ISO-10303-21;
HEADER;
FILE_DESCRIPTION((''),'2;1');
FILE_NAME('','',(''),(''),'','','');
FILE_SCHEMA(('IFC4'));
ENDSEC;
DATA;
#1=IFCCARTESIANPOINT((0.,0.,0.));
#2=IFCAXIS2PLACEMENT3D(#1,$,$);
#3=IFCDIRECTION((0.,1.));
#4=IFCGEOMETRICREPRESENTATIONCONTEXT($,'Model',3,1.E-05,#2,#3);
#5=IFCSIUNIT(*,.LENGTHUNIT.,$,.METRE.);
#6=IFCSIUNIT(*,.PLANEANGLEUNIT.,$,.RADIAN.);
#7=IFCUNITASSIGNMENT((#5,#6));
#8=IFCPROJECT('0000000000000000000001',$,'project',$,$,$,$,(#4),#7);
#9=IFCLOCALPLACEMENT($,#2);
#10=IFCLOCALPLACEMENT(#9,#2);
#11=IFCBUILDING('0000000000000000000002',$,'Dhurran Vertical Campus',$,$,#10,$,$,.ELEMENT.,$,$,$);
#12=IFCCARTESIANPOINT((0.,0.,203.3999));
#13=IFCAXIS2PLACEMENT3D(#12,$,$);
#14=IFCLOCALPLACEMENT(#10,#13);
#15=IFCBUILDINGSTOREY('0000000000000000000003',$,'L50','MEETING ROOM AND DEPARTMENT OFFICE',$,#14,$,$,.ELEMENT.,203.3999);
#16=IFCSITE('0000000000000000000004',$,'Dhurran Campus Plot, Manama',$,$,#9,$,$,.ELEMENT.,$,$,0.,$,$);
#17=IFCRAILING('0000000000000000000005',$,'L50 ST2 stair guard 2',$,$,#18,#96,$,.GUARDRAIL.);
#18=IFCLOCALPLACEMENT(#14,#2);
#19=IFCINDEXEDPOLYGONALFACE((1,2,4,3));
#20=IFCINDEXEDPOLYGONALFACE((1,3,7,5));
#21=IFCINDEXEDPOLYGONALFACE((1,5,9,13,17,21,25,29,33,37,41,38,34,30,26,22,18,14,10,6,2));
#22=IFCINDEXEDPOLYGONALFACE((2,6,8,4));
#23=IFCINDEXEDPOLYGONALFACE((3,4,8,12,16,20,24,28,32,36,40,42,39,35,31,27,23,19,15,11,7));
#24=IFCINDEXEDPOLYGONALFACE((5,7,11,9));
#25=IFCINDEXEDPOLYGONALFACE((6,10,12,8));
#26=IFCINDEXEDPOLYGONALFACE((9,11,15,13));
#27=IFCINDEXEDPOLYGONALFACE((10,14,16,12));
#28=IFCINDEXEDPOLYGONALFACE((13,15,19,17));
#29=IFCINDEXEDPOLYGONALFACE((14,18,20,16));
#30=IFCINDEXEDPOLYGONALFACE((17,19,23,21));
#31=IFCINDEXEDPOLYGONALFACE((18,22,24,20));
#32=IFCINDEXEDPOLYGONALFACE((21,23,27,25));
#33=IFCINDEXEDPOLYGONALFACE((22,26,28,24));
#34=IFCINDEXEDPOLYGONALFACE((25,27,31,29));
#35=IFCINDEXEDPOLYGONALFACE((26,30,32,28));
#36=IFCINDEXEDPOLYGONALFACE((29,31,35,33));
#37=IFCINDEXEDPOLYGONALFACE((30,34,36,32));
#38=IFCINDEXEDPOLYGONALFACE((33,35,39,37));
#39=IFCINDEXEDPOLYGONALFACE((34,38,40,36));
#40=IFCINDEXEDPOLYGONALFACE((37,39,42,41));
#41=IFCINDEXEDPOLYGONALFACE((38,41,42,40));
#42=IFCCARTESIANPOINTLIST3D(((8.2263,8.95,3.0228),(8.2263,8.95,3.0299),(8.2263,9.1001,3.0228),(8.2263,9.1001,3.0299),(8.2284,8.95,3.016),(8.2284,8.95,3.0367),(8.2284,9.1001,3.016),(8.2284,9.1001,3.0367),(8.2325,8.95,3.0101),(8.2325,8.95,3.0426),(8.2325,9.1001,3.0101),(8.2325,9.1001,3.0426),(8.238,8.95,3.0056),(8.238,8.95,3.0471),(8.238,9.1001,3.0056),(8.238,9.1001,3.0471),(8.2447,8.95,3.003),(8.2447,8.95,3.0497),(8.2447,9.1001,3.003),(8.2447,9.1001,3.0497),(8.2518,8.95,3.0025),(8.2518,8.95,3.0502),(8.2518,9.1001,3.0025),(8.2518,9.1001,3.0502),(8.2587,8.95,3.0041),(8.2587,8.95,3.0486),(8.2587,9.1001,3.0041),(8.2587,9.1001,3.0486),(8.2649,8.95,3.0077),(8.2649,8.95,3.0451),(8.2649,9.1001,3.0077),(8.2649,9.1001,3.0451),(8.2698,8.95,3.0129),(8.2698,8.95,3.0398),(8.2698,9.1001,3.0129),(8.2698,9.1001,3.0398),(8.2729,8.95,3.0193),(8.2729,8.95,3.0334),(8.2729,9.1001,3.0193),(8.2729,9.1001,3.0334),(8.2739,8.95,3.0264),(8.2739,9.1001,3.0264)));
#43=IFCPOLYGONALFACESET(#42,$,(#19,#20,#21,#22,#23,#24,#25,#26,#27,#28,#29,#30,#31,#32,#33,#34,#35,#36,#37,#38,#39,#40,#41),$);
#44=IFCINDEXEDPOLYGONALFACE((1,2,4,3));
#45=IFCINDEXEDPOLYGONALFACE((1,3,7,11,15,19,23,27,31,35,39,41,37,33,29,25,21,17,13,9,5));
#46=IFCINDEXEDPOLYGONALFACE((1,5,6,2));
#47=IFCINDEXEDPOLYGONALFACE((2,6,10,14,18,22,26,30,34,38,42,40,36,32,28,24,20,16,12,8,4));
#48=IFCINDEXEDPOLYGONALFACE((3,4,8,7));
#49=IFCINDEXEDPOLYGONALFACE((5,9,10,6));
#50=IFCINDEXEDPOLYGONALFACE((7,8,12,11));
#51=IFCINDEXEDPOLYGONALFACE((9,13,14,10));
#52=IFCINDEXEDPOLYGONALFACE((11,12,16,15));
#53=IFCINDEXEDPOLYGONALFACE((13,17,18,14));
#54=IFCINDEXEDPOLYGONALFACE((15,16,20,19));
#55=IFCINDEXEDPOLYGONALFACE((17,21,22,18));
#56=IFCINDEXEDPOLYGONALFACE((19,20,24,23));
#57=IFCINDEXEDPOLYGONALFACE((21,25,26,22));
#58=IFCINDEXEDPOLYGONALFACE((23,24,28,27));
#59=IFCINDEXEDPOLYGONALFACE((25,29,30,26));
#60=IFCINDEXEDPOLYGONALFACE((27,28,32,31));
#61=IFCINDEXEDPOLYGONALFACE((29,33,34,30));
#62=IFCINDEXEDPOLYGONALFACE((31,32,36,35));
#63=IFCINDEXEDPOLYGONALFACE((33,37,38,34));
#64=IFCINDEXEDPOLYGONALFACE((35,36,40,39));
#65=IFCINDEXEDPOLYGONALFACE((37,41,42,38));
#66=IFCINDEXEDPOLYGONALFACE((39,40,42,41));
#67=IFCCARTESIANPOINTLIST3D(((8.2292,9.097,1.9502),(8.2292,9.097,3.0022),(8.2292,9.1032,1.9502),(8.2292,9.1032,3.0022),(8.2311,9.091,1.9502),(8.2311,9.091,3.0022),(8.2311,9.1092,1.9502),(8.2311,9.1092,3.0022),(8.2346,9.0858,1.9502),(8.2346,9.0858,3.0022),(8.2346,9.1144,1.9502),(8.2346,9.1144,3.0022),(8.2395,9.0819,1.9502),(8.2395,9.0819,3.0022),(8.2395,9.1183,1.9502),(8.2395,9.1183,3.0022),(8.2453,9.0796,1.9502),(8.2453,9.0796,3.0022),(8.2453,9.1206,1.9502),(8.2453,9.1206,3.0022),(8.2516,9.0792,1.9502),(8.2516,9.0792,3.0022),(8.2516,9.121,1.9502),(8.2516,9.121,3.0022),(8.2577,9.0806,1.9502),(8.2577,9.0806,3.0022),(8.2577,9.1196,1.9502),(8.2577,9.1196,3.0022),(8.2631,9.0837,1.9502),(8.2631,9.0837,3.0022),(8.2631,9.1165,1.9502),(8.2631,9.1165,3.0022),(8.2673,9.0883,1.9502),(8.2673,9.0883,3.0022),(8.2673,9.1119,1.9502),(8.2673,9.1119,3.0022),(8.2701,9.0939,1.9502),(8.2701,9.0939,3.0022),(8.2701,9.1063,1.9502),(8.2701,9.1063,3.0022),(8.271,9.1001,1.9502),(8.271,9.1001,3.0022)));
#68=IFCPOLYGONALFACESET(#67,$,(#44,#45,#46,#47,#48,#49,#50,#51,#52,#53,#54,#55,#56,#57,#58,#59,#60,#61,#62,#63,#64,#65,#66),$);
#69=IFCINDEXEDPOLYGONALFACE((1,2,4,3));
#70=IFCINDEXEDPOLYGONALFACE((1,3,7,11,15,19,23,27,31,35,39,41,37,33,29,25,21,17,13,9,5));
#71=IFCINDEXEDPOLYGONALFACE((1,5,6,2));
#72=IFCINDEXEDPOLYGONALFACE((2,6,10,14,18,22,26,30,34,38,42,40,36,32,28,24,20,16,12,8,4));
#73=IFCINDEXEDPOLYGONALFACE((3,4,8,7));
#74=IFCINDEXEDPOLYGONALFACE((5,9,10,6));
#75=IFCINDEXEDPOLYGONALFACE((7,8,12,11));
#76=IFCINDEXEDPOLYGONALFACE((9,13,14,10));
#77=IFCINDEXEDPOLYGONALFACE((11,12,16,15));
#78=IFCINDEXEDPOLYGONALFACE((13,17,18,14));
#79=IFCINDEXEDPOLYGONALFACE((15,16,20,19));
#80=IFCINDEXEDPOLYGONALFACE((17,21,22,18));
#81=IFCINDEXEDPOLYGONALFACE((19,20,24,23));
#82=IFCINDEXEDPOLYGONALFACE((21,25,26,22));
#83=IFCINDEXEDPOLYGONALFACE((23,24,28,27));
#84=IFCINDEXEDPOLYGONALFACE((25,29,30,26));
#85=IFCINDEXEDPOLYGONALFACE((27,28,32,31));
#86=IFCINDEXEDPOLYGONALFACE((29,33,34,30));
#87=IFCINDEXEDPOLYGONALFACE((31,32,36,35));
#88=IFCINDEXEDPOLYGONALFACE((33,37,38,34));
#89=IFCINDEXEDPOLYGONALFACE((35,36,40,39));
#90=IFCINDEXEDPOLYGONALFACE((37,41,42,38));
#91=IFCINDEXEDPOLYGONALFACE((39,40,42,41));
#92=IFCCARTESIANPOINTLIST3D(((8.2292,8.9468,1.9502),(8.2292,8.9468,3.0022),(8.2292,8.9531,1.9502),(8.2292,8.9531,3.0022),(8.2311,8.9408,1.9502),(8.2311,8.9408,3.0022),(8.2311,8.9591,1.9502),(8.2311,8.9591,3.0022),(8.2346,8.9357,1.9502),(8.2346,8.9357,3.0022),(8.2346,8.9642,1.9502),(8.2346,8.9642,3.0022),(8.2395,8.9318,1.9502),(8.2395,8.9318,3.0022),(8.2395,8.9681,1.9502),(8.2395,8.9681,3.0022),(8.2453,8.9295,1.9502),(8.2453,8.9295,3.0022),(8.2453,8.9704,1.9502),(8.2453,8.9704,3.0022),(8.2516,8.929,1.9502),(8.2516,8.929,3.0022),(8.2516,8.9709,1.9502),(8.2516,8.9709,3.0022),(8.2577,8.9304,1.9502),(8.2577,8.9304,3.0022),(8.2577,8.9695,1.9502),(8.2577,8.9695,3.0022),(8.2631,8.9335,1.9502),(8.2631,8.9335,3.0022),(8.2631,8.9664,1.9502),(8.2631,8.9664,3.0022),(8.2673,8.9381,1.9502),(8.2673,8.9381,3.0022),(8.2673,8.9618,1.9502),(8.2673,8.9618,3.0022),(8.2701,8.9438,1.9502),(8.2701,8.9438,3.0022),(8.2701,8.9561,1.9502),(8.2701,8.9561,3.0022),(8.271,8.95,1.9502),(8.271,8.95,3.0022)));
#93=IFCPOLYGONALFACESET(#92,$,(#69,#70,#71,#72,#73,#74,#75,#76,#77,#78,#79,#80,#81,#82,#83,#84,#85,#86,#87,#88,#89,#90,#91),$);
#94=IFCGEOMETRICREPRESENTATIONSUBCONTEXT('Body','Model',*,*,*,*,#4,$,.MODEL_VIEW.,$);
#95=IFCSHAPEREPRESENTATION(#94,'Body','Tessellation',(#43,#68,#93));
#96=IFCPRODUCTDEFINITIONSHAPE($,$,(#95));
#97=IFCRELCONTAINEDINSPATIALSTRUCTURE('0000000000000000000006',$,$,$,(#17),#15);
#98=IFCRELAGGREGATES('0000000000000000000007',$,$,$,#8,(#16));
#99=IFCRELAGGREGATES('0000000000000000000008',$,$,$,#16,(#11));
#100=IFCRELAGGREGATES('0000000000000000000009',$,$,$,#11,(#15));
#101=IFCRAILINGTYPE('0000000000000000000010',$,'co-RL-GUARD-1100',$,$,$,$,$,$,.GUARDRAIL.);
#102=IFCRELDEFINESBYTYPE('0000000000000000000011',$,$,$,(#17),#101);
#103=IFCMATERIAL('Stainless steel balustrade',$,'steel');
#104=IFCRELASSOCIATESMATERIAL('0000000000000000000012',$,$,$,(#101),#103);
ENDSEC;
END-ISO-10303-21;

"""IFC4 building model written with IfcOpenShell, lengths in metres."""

from ifc_helpers import new_model, si_unit, direction, frame, origin, origin_2d, place, context, subcontext, project, spatial, circle, extrude, material, type_object, element, save


model = new_model("IFC4")

# Units and contexts
model_context = context("Model", 3, precision=1e-05, world=origin(), true_north=direction((0.0, 1.0)))
body_context = subcontext(model_context, "Body", "Model", "MODEL_VIEW")
ifc_project = project(units=[si_unit("LENGTHUNIT", "METRE"), si_unit("PLANEANGLEUNIT", "RADIAN")], contexts=[model_context])

# Site, building, storey
site_placement = place(None, origin())
site = spatial("IfcSite", under=ifc_project, at=site_placement, Name="Dhurran Campus Plot, Manama", CompositionType="ELEMENT", RefElevation=0.0)
building_placement = place(site_placement, origin())
building = spatial("IfcBuilding", under=site, at=building_placement, Name="Dhurran Vertical Campus", CompositionType="ELEMENT")
storey_placement = place(building_placement, frame((0.0, 0.0, 203.3999)))
storey = spatial("IfcBuildingStorey", under=building, at=storey_placement, Name="L50", Description="MEETING ROOM AND DEPARTMENT OFFICE", CompositionType="ELEMENT", Elevation=203.3999)

# Railing
ifc_material_1 = material(Name="Stainless steel balustrade", Category="steel")
railing_type_1 = type_object("IfcRailingType", Name="co-RL-GUARD-1100", PredefinedType="GUARDRAIL", material=ifc_material_1)
railing_1_placement = place(storey_placement, frame((8.25, 9.1001, 1.9502)))
element("IfcRailing", 1, at=railing_1_placement, inside=storey, type_object=railing_type_1, Name="L50 ST2 stair guard 2", PredefinedType="GUARDRAIL", context=body_context, shape_type="SweptSolid", body=[
    extrude(circle(Radius=0.0239, at=origin_2d()), frame((0.0, 0.0, 1.0762), z_axis=(0.0, -1.0, 0.0), x_axis=(1.0, 0.0, 0.0)), (0.0, 0.0, 1.0), 0.1501),
    extrude(circle(Radius=0.021, at=origin_2d()), origin(), (0.0, 0.0, 1.0), 1.052),
    extrude(circle(Radius=0.021, at=origin_2d()), frame((0.0, -0.1501, 0.0)), (0.0, 0.0, 1.0), 1.052),
])

save(model, "model.ifc")
